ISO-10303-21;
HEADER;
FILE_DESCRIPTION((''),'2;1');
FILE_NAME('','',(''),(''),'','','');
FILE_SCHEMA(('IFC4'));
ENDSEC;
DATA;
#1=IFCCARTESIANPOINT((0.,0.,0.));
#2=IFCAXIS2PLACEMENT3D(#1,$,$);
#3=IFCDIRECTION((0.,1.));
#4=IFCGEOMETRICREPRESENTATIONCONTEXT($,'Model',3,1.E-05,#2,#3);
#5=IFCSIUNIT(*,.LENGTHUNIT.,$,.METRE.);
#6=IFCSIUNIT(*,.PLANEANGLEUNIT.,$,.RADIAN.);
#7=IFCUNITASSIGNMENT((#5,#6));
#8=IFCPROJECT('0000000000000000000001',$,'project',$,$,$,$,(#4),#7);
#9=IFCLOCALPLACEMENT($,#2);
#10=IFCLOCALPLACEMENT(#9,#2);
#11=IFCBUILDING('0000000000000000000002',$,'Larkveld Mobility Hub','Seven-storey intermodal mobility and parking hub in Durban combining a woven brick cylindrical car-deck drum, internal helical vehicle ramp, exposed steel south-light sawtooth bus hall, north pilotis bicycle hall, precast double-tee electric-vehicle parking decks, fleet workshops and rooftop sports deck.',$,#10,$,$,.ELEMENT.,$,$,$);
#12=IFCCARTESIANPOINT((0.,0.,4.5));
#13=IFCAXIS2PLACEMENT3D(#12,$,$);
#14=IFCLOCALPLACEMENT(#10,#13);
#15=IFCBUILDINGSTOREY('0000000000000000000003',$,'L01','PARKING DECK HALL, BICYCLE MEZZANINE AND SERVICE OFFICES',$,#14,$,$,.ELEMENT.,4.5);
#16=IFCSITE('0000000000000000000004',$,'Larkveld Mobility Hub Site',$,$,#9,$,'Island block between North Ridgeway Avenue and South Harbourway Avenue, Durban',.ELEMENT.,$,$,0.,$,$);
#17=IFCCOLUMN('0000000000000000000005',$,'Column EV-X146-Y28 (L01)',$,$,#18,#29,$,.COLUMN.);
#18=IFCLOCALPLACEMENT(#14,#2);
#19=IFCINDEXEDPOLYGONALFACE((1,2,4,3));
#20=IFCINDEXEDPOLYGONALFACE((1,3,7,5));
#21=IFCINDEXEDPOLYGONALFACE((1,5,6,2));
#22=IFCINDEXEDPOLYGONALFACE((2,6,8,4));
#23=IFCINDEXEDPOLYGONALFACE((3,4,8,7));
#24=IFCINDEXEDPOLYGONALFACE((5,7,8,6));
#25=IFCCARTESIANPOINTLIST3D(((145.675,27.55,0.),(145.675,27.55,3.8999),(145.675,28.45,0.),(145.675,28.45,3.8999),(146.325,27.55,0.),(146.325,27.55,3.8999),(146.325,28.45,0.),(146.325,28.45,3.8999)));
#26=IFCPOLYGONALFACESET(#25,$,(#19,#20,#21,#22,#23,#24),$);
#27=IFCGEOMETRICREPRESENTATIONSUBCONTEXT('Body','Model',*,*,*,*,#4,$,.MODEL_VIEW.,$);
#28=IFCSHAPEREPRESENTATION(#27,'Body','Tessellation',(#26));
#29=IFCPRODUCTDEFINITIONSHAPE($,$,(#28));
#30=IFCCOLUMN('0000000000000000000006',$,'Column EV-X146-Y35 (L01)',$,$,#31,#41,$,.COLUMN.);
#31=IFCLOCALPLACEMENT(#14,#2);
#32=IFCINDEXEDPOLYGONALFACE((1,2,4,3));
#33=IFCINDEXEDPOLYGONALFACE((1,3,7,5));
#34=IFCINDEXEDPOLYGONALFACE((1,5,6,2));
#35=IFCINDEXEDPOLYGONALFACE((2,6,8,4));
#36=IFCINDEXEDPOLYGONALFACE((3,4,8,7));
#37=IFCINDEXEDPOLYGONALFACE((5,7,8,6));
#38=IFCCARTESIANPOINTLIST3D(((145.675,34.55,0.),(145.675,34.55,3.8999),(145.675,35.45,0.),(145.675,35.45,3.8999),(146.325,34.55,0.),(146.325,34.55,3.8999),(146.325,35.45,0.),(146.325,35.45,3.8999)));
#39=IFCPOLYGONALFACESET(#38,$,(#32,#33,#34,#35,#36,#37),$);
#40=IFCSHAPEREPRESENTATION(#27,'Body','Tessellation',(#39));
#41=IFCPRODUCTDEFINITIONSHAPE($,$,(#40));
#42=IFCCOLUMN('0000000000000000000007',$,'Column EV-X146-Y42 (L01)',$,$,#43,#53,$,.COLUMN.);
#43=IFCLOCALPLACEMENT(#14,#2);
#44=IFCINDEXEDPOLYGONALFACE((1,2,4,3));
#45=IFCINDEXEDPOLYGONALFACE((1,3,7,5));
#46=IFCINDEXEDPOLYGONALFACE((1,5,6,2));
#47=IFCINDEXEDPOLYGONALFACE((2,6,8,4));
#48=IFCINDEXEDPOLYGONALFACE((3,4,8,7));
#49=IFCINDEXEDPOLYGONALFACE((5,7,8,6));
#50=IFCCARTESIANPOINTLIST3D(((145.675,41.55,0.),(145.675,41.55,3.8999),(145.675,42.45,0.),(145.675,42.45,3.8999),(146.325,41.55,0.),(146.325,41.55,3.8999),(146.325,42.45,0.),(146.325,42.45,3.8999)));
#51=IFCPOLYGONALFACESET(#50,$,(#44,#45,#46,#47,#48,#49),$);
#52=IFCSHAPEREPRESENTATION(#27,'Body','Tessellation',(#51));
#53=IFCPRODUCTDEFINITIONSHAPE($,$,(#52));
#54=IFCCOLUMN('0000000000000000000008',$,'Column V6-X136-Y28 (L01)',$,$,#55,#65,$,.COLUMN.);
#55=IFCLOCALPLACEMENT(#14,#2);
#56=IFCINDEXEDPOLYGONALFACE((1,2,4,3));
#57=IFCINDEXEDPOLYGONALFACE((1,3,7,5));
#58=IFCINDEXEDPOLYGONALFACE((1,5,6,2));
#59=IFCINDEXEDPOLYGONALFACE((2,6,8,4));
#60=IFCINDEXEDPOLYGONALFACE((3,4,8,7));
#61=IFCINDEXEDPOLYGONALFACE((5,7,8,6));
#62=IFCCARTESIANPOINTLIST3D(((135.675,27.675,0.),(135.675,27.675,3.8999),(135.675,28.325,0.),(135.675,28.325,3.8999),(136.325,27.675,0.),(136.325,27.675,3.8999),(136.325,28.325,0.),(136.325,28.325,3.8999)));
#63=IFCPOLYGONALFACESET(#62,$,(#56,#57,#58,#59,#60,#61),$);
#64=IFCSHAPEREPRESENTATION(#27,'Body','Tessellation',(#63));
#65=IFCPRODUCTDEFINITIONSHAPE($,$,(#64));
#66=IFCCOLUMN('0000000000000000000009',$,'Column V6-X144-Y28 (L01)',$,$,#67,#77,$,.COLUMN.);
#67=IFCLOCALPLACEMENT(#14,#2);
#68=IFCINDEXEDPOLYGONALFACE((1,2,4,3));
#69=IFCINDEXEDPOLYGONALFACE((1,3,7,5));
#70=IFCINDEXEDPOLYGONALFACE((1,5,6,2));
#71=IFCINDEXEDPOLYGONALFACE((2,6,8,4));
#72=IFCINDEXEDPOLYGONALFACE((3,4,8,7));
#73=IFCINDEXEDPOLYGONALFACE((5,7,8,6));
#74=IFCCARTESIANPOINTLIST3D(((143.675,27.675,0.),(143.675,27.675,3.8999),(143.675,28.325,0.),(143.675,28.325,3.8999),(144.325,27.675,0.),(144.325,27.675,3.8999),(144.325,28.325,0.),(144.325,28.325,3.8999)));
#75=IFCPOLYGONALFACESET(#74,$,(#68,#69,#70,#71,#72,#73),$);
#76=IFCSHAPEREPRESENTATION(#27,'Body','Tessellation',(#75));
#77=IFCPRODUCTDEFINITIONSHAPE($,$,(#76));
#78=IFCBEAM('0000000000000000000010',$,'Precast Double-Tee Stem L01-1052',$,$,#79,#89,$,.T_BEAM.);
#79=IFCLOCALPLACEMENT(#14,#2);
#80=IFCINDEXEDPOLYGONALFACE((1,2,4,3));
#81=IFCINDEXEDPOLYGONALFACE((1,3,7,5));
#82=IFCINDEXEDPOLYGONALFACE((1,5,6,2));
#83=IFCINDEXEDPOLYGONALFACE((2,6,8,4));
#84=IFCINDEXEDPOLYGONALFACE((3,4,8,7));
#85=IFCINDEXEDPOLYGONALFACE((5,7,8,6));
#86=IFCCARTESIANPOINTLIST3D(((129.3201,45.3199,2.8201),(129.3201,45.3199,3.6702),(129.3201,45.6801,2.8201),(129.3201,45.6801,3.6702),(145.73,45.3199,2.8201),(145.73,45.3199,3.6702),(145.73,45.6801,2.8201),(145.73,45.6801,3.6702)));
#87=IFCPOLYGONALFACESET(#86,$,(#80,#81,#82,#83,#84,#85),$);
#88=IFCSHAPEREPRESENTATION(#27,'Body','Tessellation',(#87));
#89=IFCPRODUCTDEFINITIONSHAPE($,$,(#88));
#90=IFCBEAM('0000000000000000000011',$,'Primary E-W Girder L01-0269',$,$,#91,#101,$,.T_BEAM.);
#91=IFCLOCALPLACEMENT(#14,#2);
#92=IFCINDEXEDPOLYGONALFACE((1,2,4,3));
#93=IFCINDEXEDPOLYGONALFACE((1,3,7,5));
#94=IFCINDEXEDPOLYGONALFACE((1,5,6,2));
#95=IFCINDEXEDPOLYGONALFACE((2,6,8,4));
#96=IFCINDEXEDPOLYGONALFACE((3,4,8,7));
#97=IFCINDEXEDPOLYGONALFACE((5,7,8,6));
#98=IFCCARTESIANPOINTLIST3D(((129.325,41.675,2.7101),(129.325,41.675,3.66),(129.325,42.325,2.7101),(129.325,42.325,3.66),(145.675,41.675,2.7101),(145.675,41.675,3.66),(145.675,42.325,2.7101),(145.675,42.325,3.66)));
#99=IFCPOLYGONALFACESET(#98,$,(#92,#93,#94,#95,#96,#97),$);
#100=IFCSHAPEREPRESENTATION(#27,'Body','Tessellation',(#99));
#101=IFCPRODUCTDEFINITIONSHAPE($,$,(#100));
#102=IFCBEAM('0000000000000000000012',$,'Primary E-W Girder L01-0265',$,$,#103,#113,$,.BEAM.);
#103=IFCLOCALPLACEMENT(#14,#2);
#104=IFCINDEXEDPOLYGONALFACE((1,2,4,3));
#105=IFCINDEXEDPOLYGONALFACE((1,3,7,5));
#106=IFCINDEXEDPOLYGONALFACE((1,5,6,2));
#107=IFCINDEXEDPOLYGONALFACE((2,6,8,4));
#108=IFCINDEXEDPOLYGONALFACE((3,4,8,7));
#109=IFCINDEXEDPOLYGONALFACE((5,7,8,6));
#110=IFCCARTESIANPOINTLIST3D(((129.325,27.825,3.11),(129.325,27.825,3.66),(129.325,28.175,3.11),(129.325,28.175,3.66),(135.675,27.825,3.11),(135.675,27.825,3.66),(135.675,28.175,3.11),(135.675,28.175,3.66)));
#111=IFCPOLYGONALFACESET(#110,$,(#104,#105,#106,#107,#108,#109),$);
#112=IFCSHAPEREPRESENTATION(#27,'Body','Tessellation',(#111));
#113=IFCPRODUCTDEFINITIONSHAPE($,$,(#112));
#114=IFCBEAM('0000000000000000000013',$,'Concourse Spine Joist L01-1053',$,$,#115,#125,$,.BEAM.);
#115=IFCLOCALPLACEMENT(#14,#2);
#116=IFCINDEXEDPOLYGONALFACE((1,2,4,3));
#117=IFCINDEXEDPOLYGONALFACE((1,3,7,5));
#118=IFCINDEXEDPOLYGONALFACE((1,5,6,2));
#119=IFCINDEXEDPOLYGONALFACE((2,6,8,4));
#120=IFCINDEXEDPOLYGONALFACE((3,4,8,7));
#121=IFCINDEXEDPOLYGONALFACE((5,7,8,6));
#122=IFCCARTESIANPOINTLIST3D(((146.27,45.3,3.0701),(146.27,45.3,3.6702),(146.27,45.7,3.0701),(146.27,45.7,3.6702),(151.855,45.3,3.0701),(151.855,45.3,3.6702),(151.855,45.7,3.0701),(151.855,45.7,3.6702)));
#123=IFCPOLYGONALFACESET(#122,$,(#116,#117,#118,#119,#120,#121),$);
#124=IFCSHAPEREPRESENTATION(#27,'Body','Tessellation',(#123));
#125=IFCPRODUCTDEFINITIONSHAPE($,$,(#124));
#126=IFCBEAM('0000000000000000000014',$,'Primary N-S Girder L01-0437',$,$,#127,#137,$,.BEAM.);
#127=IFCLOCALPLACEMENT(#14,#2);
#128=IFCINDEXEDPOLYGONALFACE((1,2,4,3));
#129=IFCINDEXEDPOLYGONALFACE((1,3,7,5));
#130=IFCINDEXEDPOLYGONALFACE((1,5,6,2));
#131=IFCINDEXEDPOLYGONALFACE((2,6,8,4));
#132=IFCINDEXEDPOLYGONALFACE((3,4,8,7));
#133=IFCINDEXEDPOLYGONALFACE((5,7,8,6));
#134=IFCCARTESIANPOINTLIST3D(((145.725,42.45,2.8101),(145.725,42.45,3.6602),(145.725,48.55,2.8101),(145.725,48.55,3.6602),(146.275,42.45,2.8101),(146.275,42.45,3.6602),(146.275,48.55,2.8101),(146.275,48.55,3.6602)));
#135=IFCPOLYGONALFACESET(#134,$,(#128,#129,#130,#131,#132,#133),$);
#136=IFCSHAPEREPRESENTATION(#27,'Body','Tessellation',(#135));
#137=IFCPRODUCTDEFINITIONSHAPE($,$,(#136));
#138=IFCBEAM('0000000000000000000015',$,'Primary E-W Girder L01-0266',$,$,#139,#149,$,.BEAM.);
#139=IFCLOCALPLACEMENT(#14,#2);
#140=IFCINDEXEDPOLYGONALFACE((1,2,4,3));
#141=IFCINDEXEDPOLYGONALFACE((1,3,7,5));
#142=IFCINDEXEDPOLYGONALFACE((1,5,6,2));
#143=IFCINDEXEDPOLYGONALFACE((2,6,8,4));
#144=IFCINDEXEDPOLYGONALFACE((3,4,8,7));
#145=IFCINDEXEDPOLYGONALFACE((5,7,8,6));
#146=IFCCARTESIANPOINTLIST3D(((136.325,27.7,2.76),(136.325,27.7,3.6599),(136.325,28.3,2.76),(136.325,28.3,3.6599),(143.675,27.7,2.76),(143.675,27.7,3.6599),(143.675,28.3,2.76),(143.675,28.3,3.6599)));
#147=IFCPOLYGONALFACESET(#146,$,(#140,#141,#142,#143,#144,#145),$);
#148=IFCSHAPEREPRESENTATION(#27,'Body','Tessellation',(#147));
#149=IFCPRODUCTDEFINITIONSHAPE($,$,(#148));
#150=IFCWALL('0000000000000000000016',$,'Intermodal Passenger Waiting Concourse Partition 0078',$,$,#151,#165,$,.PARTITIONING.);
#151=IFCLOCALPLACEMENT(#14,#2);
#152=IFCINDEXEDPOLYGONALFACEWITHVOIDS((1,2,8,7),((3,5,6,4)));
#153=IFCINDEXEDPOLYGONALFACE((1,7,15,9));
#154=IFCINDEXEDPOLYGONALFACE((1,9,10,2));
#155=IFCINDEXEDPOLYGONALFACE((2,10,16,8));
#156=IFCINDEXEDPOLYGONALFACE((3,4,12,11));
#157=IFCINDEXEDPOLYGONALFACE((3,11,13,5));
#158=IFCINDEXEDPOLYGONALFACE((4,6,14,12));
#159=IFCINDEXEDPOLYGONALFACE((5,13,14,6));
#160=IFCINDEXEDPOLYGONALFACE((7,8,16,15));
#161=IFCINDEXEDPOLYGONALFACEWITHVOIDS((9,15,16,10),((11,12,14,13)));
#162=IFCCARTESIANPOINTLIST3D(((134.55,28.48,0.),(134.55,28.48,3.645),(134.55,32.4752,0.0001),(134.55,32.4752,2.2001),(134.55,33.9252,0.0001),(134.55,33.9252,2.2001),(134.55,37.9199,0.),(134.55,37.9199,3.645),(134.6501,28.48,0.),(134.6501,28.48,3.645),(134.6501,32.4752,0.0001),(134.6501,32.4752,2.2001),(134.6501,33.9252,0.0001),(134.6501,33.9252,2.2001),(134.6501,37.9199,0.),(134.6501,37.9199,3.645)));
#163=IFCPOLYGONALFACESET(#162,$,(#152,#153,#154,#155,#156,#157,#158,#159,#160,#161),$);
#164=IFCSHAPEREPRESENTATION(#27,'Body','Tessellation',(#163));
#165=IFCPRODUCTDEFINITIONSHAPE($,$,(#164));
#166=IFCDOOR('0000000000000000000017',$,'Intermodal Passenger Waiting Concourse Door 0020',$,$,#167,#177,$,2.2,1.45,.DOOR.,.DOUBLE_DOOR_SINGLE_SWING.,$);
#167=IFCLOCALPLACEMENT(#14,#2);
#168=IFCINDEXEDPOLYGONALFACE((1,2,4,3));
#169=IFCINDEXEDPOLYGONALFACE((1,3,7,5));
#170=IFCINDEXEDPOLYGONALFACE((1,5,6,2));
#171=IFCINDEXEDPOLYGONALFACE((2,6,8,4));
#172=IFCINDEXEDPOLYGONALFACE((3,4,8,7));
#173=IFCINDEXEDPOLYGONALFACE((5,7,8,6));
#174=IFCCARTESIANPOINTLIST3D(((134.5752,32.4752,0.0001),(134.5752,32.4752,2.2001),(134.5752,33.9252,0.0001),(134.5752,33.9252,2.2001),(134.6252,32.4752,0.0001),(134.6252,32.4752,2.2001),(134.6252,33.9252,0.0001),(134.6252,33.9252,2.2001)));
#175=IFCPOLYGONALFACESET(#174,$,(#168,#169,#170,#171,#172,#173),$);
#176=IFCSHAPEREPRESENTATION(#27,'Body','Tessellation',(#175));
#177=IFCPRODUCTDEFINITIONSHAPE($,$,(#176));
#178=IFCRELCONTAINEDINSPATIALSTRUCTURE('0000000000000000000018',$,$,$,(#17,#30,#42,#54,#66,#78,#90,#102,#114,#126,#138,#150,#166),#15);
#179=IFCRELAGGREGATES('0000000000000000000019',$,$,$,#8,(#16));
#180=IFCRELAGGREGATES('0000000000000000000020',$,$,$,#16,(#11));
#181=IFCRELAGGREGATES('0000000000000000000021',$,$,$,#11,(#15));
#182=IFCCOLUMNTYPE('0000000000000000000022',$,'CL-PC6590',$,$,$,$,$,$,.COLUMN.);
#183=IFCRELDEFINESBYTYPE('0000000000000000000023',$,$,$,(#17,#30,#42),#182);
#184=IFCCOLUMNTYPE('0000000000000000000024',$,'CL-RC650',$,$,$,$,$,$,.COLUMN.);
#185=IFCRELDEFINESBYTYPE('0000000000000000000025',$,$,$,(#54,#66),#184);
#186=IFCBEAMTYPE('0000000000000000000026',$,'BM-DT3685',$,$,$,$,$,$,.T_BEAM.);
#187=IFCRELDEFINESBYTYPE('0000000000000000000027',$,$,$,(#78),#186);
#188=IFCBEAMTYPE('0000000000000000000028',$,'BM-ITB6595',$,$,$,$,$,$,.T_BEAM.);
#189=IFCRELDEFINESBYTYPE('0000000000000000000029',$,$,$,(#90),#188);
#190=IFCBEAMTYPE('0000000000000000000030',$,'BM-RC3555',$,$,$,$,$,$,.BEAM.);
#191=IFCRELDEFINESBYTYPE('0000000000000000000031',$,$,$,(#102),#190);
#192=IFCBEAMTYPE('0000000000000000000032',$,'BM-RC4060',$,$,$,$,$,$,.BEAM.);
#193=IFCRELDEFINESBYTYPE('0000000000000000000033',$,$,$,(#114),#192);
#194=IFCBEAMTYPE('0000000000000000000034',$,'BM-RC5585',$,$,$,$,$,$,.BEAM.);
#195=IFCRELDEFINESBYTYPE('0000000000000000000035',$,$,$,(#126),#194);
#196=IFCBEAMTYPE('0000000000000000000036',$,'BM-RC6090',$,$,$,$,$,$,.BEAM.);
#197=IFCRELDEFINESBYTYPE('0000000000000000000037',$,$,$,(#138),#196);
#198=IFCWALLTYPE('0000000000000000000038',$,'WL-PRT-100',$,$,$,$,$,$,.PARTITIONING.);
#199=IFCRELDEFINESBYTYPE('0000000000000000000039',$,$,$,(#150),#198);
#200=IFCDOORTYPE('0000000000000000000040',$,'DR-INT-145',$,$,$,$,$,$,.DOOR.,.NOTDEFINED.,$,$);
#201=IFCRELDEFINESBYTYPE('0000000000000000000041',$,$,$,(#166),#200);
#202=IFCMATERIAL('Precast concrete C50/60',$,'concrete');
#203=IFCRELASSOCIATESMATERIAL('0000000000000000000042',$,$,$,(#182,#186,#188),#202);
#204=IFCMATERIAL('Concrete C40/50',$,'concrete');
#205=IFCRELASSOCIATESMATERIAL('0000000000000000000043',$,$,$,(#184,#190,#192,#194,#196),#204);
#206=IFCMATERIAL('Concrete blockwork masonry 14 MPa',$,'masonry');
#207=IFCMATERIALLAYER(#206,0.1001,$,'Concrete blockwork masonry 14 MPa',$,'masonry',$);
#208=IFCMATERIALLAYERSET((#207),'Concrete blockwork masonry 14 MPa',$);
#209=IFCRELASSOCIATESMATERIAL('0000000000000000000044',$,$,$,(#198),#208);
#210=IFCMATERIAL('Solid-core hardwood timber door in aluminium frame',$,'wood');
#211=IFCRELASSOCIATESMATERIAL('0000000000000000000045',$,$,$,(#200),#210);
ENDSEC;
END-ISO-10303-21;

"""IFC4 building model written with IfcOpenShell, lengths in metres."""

from ifc_helpers import new_model, si_unit, direction, frame, frame_2d, origin, origin_2d, place, context, subcontext, project, spatial, rectangle, extrude, material, layer, layer_set, material_profile, profile_set, type_object, element, fill, save


model = new_model("IFC4")

# Units and contexts
model_context = context("Model", 3, precision=1e-05, world=origin(), true_north=direction((0.0, 1.0)))
body_context = subcontext(model_context, "Body", "Model", "MODEL_VIEW")
ifc_project = project(units=[si_unit("LENGTHUNIT", "METRE"), si_unit("PLANEANGLEUNIT", "RADIAN")], contexts=[model_context])

# Site, building, storey
site_placement = place(None, origin())
site = spatial("IfcSite", under=ifc_project, at=site_placement, Name="Larkveld Mobility Hub Site", LongName="Island block between North Ridgeway Avenue and South Harbourway Avenue, Durban", CompositionType="ELEMENT", RefElevation=0.0)
building_placement = place(site_placement, origin())
building = spatial("IfcBuilding", under=site, at=building_placement, Name="Larkveld Mobility Hub", Description="Seven-storey intermodal mobility and parking hub in Durban combining a woven brick cylindrical car-deck drum, internal helical vehicle ramp, exposed steel south-light sawtooth bus hall, north pilotis bicycle hall, precast double-tee electric-vehicle parking decks, fleet workshops and rooftop sports deck.", CompositionType="ELEMENT")
storey_placement = place(building_placement, frame((0.0, 0.0, 4.5)))
storey = spatial("IfcBuildingStorey", under=building, at=storey_placement, Name="L01", Description="PARKING DECK HALL, BICYCLE MEZZANINE AND SERVICE OFFICES", CompositionType="ELEMENT", Elevation=4.5)

# Columns
ifc_material_1 = material(Name="Precast concrete C50/60", Category="concrete")
ifc_material_profile_1 = material_profile(ifc_material_1, rectangle(XDim=0.6499, YDim=0.8999, at=origin_2d()), Name="RC COL 650x900")
ifc_profile_set_1 = profile_set([ifc_material_profile_1], Name="Precast concrete C50/60")
column_type_1 = type_object("IfcColumnType", Name="CL-PC6590", PredefinedType="COLUMN", material=ifc_profile_set_1)
for number, where, z_axis, x_axis, name in (
    (1, (146.0, 28.0, 0.0), (0.0, 0.0, 1.0), (1.0, 0.0, 0.0), "Column EV-X146-Y28 (L01)"),
    (2, (146.0, 35.0, 0.0), (0.0, 0.0, 1.0), (1.0, 0.0, 0.0), "Column EV-X146-Y35 (L01)"),
    (3, (146.0, 42.0, 0.0), (0.0, 0.0, 1.0), (1.0, 0.0, 0.0), "Column EV-X146-Y42 (L01)"),
):
    element("IfcColumn", number, at=place(storey_placement, frame(where, z_axis=z_axis, x_axis=x_axis)), inside=storey, type_object=column_type_1, Name=name, PredefinedType="COLUMN", context=body_context, shape_type="SweptSolid", body=[
        extrude(rectangle(XDim=0.6499, YDim=0.8999, at=origin_2d()), origin(), (0.0, 0.0, 1.0), 3.8999),
    ])
ifc_material_2 = material(Name="Concrete C40/50", Category="concrete")
ifc_material_profile_2 = material_profile(ifc_material_2, rectangle(XDim=0.6499, YDim=0.6499, at=origin_2d()), Name="RC COL 650x650")
ifc_profile_set_2 = profile_set([ifc_material_profile_2], Name="Concrete C40/50")
column_type_2 = type_object("IfcColumnType", Name="CL-RC650", PredefinedType="COLUMN", material=ifc_profile_set_2)
for number, where, z_axis, x_axis, name in (
    (4, (136.0, 28.0, 0.0), (0.0, 0.0, 1.0), (1.0, 0.0, 0.0), "Column V6-X136-Y28 (L01)"),
    (5, (144.0, 28.0, 0.0), (0.0, 0.0, 1.0), (1.0, 0.0, 0.0), "Column V6-X144-Y28 (L01)"),
):
    element("IfcColumn", number, at=place(storey_placement, frame(where, z_axis=z_axis, x_axis=x_axis)), inside=storey, type_object=column_type_2, Name=name, PredefinedType="COLUMN", context=body_context, shape_type="SweptSolid", body=[
        extrude(rectangle(XDim=0.6499, YDim=0.6499, at=origin_2d()), origin(), (0.0, 0.0, 1.0), 3.8999),
    ])

# Beams
ifc_material_profile_3 = material_profile(ifc_material_1, rectangle(XDim=0.3601, YDim=0.8501, at=origin_2d()), Name="PC DT 360x850")
ifc_profile_set_3 = profile_set([ifc_material_profile_3], Name="Precast concrete C50/60")
beam_type_1 = type_object("IfcBeamType", Name="BM-DT3685", PredefinedType="T_BEAM", material=ifc_profile_set_3)
beam_1_placement = place(storey_placement, frame((129.3201, 45.5, 3.2451), z_axis=(1.0, 0.0, 0.0), x_axis=(0.0, 1.0, 0.0)))
element("IfcBeam", 6, at=beam_1_placement, inside=storey, type_object=beam_type_1, Name="Precast Double-Tee Stem L01-1052", PredefinedType="T_BEAM", context=body_context, shape_type="SweptSolid", body=[
    extrude(rectangle(XDim=0.3601, YDim=0.8501, at=origin_2d()), origin(), (0.0, 0.0, 1.0), 16.4099),
])
ifc_material_profile_4 = material_profile(ifc_material_1, rectangle(XDim=0.6499, YDim=0.95, at=origin_2d()), Name="PC ITB 650x950")
ifc_profile_set_4 = profile_set([ifc_material_profile_4], Name="Precast concrete C50/60")
beam_type_2 = type_object("IfcBeamType", Name="BM-ITB6595", PredefinedType="T_BEAM", material=ifc_profile_set_4)
beam_2_placement = place(storey_placement, frame((129.325, 42.0, 3.1851), z_axis=(1.0, 0.0, 0.0), x_axis=(0.0, 1.0, 0.0)))
element("IfcBeam", 7, at=beam_2_placement, inside=storey, type_object=beam_type_2, Name="Primary E-W Girder L01-0269", PredefinedType="T_BEAM", context=body_context, shape_type="SweptSolid", body=[
    extrude(rectangle(XDim=0.6499, YDim=0.95, at=origin_2d()), origin(), (0.0, 0.0, 1.0), 16.3501),
])
ifc_material_profile_5 = material_profile(ifc_material_2, rectangle(XDim=0.3501, YDim=0.55, at=origin_2d()), Name="RC BM 350x550")
ifc_profile_set_5 = profile_set([ifc_material_profile_5], Name="Concrete C40/50")
beam_type_3 = type_object("IfcBeamType", Name="BM-RC3555", PredefinedType="BEAM", material=ifc_profile_set_5)
beam_3_placement = place(storey_placement, frame((129.325, 28.0, 3.385), z_axis=(1.0, 0.0, 0.0), x_axis=(0.0, 1.0, 0.0)))
element("IfcBeam", 8, at=beam_3_placement, inside=storey, type_object=beam_type_3, Name="Primary E-W Girder L01-0265", PredefinedType="BEAM", context=body_context, shape_type="SweptSolid", body=[
    extrude(rectangle(XDim=0.3501, YDim=0.55, at=origin_2d()), origin(), (0.0, 0.0, 1.0), 6.3501),
])
ifc_material_profile_6 = material_profile(ifc_material_2, rectangle(XDim=0.3999, YDim=0.6001, at=origin_2d()), Name="RC BM 400x600")
ifc_profile_set_6 = profile_set([ifc_material_profile_6], Name="Concrete C40/50")
beam_type_4 = type_object("IfcBeamType", Name="BM-RC4060", PredefinedType="BEAM", material=ifc_profile_set_6)
beam_4_placement = place(storey_placement, frame((146.27, 45.5, 3.3701), z_axis=(1.0, 0.0, 0.0), x_axis=(0.0, 1.0, 0.0)))
element("IfcBeam", 9, at=beam_4_placement, inside=storey, type_object=beam_type_4, Name="Concourse Spine Joist L01-1053", PredefinedType="BEAM", context=body_context, shape_type="SweptSolid", body=[
    extrude(rectangle(XDim=0.3999, YDim=0.6001, at=origin_2d()), origin(), (0.0, 0.0, 1.0), 5.585),
])
ifc_material_profile_7 = material_profile(ifc_material_2, rectangle(XDim=0.55, YDim=0.8501, at=origin_2d()), Name="RC BM 550x850")
ifc_profile_set_7 = profile_set([ifc_material_profile_7], Name="Concrete C40/50")
beam_type_5 = type_object("IfcBeamType", Name="BM-RC5585", PredefinedType="BEAM", material=ifc_profile_set_7)
beam_5_placement = place(storey_placement, frame((146.0, 42.45, 3.2351), z_axis=(0.0, 1.0, 0.0), x_axis=(-1.0, 0.0, 0.0)))
element("IfcBeam", 10, at=beam_5_placement, inside=storey, type_object=beam_type_5, Name="Primary N-S Girder L01-0437", PredefinedType="BEAM", context=body_context, shape_type="SweptSolid", body=[
    extrude(rectangle(XDim=0.55, YDim=0.8501, at=origin_2d()), origin(), (0.0, 0.0, 1.0), 6.1001),
])
ifc_material_profile_8 = material_profile(ifc_material_2, rectangle(XDim=0.6001, YDim=0.8999, at=origin_2d()), Name="RC BM 600x900")
ifc_profile_set_8 = profile_set([ifc_material_profile_8], Name="Concrete C40/50")
beam_type_6 = type_object("IfcBeamType", Name="BM-RC6090", PredefinedType="BEAM", material=ifc_profile_set_8)
beam_6_placement = place(storey_placement, frame((136.325, 28.0, 3.21), z_axis=(1.0, 0.0, 0.0), x_axis=(0.0, 1.0, 0.0)))
element("IfcBeam", 11, at=beam_6_placement, inside=storey, type_object=beam_type_6, Name="Primary E-W Girder L01-0266", PredefinedType="BEAM", context=body_context, shape_type="SweptSolid", body=[
    extrude(rectangle(XDim=0.6001, YDim=0.8999, at=origin_2d()), origin(), (0.0, 0.0, 1.0), 7.3501),
])

# Wall, opening, door
ifc_material_3 = material(Name="Concrete blockwork masonry 14 MPa", Category="masonry")
ifc_layer_1 = layer(ifc_material_3, 0.1001, Name="Concrete blockwork masonry 14 MPa", Category="masonry")
ifc_layer_set_1 = layer_set([ifc_layer_1], Name="Concrete blockwork masonry 14 MPa")
wall_type_1 = type_object("IfcWallType", Name="WL-PRT-100", PredefinedType="PARTITIONING", material=ifc_layer_set_1)
wall_1_placement = place(storey_placement, frame((134.6001, 28.48, 0.0), z_axis=(0.0, 0.0, 1.0), x_axis=(0.0, 1.0, 0.0)))
wall_1 = element("IfcWall", 12, at=wall_1_placement, inside=storey, type_object=wall_type_1, Name="Intermodal Passenger Waiting Concourse Partition 0078", PredefinedType="PARTITIONING", context=body_context, shape_type="SweptSolid", body=[
    extrude(rectangle(XDim=9.4399, YDim=0.1001, at=frame_2d((4.72, 0.0))), origin(), (0.0, 0.0, 1.0), 3.645),
])
opening_1_placement = place(wall_1_placement, frame((3.9951, 0.0, 0.0)))
opening_1 = element("IfcOpeningElement", 13, at=opening_1_placement, cuts=wall_1, PredefinedType="OPENING", context=body_context, shape_type="SweptSolid", body=[
    extrude(rectangle(XDim=1.45, YDim=2.2, at=frame_2d((0.7251, 1.1001))), frame((0.0, 0.0601, 0.0), z_axis=(0.0, -1.0, 0.0), x_axis=(1.0, 0.0, 0.0)), (0.0, 0.0, 1.0), 0.1201),
])
ifc_material_4 = material(Name="Solid-core hardwood timber door in aluminium frame", Category="wood")
door_type_1 = type_object("IfcDoorType", Name="DR-INT-145", OperationType="NOTDEFINED", PredefinedType="DOOR", material=ifc_material_4)
door_1_placement = place(opening_1_placement, origin())
door_1 = element("IfcDoor", 14, at=door_1_placement, inside=storey, type_object=door_type_1, Name="Intermodal Passenger Waiting Concourse Door 0020", OperationType="DOUBLE_DOOR_SINGLE_SWING", OverallHeight=2.2, OverallWidth=1.45, PredefinedType="DOOR", context=body_context, shape_type="SweptSolid", body=[
    extrude(rectangle(XDim=1.45, YDim=2.2, at=frame_2d((0.7251, 1.1001))), frame((0.0, 0.0249, 0.0), z_axis=(0.0, -1.0, 0.0), x_axis=(1.0, 0.0, 0.0)), (0.0, 0.0, 1.0), 0.05),
])
fill(opening_1, door_1)

save(model, "model.ifc")
